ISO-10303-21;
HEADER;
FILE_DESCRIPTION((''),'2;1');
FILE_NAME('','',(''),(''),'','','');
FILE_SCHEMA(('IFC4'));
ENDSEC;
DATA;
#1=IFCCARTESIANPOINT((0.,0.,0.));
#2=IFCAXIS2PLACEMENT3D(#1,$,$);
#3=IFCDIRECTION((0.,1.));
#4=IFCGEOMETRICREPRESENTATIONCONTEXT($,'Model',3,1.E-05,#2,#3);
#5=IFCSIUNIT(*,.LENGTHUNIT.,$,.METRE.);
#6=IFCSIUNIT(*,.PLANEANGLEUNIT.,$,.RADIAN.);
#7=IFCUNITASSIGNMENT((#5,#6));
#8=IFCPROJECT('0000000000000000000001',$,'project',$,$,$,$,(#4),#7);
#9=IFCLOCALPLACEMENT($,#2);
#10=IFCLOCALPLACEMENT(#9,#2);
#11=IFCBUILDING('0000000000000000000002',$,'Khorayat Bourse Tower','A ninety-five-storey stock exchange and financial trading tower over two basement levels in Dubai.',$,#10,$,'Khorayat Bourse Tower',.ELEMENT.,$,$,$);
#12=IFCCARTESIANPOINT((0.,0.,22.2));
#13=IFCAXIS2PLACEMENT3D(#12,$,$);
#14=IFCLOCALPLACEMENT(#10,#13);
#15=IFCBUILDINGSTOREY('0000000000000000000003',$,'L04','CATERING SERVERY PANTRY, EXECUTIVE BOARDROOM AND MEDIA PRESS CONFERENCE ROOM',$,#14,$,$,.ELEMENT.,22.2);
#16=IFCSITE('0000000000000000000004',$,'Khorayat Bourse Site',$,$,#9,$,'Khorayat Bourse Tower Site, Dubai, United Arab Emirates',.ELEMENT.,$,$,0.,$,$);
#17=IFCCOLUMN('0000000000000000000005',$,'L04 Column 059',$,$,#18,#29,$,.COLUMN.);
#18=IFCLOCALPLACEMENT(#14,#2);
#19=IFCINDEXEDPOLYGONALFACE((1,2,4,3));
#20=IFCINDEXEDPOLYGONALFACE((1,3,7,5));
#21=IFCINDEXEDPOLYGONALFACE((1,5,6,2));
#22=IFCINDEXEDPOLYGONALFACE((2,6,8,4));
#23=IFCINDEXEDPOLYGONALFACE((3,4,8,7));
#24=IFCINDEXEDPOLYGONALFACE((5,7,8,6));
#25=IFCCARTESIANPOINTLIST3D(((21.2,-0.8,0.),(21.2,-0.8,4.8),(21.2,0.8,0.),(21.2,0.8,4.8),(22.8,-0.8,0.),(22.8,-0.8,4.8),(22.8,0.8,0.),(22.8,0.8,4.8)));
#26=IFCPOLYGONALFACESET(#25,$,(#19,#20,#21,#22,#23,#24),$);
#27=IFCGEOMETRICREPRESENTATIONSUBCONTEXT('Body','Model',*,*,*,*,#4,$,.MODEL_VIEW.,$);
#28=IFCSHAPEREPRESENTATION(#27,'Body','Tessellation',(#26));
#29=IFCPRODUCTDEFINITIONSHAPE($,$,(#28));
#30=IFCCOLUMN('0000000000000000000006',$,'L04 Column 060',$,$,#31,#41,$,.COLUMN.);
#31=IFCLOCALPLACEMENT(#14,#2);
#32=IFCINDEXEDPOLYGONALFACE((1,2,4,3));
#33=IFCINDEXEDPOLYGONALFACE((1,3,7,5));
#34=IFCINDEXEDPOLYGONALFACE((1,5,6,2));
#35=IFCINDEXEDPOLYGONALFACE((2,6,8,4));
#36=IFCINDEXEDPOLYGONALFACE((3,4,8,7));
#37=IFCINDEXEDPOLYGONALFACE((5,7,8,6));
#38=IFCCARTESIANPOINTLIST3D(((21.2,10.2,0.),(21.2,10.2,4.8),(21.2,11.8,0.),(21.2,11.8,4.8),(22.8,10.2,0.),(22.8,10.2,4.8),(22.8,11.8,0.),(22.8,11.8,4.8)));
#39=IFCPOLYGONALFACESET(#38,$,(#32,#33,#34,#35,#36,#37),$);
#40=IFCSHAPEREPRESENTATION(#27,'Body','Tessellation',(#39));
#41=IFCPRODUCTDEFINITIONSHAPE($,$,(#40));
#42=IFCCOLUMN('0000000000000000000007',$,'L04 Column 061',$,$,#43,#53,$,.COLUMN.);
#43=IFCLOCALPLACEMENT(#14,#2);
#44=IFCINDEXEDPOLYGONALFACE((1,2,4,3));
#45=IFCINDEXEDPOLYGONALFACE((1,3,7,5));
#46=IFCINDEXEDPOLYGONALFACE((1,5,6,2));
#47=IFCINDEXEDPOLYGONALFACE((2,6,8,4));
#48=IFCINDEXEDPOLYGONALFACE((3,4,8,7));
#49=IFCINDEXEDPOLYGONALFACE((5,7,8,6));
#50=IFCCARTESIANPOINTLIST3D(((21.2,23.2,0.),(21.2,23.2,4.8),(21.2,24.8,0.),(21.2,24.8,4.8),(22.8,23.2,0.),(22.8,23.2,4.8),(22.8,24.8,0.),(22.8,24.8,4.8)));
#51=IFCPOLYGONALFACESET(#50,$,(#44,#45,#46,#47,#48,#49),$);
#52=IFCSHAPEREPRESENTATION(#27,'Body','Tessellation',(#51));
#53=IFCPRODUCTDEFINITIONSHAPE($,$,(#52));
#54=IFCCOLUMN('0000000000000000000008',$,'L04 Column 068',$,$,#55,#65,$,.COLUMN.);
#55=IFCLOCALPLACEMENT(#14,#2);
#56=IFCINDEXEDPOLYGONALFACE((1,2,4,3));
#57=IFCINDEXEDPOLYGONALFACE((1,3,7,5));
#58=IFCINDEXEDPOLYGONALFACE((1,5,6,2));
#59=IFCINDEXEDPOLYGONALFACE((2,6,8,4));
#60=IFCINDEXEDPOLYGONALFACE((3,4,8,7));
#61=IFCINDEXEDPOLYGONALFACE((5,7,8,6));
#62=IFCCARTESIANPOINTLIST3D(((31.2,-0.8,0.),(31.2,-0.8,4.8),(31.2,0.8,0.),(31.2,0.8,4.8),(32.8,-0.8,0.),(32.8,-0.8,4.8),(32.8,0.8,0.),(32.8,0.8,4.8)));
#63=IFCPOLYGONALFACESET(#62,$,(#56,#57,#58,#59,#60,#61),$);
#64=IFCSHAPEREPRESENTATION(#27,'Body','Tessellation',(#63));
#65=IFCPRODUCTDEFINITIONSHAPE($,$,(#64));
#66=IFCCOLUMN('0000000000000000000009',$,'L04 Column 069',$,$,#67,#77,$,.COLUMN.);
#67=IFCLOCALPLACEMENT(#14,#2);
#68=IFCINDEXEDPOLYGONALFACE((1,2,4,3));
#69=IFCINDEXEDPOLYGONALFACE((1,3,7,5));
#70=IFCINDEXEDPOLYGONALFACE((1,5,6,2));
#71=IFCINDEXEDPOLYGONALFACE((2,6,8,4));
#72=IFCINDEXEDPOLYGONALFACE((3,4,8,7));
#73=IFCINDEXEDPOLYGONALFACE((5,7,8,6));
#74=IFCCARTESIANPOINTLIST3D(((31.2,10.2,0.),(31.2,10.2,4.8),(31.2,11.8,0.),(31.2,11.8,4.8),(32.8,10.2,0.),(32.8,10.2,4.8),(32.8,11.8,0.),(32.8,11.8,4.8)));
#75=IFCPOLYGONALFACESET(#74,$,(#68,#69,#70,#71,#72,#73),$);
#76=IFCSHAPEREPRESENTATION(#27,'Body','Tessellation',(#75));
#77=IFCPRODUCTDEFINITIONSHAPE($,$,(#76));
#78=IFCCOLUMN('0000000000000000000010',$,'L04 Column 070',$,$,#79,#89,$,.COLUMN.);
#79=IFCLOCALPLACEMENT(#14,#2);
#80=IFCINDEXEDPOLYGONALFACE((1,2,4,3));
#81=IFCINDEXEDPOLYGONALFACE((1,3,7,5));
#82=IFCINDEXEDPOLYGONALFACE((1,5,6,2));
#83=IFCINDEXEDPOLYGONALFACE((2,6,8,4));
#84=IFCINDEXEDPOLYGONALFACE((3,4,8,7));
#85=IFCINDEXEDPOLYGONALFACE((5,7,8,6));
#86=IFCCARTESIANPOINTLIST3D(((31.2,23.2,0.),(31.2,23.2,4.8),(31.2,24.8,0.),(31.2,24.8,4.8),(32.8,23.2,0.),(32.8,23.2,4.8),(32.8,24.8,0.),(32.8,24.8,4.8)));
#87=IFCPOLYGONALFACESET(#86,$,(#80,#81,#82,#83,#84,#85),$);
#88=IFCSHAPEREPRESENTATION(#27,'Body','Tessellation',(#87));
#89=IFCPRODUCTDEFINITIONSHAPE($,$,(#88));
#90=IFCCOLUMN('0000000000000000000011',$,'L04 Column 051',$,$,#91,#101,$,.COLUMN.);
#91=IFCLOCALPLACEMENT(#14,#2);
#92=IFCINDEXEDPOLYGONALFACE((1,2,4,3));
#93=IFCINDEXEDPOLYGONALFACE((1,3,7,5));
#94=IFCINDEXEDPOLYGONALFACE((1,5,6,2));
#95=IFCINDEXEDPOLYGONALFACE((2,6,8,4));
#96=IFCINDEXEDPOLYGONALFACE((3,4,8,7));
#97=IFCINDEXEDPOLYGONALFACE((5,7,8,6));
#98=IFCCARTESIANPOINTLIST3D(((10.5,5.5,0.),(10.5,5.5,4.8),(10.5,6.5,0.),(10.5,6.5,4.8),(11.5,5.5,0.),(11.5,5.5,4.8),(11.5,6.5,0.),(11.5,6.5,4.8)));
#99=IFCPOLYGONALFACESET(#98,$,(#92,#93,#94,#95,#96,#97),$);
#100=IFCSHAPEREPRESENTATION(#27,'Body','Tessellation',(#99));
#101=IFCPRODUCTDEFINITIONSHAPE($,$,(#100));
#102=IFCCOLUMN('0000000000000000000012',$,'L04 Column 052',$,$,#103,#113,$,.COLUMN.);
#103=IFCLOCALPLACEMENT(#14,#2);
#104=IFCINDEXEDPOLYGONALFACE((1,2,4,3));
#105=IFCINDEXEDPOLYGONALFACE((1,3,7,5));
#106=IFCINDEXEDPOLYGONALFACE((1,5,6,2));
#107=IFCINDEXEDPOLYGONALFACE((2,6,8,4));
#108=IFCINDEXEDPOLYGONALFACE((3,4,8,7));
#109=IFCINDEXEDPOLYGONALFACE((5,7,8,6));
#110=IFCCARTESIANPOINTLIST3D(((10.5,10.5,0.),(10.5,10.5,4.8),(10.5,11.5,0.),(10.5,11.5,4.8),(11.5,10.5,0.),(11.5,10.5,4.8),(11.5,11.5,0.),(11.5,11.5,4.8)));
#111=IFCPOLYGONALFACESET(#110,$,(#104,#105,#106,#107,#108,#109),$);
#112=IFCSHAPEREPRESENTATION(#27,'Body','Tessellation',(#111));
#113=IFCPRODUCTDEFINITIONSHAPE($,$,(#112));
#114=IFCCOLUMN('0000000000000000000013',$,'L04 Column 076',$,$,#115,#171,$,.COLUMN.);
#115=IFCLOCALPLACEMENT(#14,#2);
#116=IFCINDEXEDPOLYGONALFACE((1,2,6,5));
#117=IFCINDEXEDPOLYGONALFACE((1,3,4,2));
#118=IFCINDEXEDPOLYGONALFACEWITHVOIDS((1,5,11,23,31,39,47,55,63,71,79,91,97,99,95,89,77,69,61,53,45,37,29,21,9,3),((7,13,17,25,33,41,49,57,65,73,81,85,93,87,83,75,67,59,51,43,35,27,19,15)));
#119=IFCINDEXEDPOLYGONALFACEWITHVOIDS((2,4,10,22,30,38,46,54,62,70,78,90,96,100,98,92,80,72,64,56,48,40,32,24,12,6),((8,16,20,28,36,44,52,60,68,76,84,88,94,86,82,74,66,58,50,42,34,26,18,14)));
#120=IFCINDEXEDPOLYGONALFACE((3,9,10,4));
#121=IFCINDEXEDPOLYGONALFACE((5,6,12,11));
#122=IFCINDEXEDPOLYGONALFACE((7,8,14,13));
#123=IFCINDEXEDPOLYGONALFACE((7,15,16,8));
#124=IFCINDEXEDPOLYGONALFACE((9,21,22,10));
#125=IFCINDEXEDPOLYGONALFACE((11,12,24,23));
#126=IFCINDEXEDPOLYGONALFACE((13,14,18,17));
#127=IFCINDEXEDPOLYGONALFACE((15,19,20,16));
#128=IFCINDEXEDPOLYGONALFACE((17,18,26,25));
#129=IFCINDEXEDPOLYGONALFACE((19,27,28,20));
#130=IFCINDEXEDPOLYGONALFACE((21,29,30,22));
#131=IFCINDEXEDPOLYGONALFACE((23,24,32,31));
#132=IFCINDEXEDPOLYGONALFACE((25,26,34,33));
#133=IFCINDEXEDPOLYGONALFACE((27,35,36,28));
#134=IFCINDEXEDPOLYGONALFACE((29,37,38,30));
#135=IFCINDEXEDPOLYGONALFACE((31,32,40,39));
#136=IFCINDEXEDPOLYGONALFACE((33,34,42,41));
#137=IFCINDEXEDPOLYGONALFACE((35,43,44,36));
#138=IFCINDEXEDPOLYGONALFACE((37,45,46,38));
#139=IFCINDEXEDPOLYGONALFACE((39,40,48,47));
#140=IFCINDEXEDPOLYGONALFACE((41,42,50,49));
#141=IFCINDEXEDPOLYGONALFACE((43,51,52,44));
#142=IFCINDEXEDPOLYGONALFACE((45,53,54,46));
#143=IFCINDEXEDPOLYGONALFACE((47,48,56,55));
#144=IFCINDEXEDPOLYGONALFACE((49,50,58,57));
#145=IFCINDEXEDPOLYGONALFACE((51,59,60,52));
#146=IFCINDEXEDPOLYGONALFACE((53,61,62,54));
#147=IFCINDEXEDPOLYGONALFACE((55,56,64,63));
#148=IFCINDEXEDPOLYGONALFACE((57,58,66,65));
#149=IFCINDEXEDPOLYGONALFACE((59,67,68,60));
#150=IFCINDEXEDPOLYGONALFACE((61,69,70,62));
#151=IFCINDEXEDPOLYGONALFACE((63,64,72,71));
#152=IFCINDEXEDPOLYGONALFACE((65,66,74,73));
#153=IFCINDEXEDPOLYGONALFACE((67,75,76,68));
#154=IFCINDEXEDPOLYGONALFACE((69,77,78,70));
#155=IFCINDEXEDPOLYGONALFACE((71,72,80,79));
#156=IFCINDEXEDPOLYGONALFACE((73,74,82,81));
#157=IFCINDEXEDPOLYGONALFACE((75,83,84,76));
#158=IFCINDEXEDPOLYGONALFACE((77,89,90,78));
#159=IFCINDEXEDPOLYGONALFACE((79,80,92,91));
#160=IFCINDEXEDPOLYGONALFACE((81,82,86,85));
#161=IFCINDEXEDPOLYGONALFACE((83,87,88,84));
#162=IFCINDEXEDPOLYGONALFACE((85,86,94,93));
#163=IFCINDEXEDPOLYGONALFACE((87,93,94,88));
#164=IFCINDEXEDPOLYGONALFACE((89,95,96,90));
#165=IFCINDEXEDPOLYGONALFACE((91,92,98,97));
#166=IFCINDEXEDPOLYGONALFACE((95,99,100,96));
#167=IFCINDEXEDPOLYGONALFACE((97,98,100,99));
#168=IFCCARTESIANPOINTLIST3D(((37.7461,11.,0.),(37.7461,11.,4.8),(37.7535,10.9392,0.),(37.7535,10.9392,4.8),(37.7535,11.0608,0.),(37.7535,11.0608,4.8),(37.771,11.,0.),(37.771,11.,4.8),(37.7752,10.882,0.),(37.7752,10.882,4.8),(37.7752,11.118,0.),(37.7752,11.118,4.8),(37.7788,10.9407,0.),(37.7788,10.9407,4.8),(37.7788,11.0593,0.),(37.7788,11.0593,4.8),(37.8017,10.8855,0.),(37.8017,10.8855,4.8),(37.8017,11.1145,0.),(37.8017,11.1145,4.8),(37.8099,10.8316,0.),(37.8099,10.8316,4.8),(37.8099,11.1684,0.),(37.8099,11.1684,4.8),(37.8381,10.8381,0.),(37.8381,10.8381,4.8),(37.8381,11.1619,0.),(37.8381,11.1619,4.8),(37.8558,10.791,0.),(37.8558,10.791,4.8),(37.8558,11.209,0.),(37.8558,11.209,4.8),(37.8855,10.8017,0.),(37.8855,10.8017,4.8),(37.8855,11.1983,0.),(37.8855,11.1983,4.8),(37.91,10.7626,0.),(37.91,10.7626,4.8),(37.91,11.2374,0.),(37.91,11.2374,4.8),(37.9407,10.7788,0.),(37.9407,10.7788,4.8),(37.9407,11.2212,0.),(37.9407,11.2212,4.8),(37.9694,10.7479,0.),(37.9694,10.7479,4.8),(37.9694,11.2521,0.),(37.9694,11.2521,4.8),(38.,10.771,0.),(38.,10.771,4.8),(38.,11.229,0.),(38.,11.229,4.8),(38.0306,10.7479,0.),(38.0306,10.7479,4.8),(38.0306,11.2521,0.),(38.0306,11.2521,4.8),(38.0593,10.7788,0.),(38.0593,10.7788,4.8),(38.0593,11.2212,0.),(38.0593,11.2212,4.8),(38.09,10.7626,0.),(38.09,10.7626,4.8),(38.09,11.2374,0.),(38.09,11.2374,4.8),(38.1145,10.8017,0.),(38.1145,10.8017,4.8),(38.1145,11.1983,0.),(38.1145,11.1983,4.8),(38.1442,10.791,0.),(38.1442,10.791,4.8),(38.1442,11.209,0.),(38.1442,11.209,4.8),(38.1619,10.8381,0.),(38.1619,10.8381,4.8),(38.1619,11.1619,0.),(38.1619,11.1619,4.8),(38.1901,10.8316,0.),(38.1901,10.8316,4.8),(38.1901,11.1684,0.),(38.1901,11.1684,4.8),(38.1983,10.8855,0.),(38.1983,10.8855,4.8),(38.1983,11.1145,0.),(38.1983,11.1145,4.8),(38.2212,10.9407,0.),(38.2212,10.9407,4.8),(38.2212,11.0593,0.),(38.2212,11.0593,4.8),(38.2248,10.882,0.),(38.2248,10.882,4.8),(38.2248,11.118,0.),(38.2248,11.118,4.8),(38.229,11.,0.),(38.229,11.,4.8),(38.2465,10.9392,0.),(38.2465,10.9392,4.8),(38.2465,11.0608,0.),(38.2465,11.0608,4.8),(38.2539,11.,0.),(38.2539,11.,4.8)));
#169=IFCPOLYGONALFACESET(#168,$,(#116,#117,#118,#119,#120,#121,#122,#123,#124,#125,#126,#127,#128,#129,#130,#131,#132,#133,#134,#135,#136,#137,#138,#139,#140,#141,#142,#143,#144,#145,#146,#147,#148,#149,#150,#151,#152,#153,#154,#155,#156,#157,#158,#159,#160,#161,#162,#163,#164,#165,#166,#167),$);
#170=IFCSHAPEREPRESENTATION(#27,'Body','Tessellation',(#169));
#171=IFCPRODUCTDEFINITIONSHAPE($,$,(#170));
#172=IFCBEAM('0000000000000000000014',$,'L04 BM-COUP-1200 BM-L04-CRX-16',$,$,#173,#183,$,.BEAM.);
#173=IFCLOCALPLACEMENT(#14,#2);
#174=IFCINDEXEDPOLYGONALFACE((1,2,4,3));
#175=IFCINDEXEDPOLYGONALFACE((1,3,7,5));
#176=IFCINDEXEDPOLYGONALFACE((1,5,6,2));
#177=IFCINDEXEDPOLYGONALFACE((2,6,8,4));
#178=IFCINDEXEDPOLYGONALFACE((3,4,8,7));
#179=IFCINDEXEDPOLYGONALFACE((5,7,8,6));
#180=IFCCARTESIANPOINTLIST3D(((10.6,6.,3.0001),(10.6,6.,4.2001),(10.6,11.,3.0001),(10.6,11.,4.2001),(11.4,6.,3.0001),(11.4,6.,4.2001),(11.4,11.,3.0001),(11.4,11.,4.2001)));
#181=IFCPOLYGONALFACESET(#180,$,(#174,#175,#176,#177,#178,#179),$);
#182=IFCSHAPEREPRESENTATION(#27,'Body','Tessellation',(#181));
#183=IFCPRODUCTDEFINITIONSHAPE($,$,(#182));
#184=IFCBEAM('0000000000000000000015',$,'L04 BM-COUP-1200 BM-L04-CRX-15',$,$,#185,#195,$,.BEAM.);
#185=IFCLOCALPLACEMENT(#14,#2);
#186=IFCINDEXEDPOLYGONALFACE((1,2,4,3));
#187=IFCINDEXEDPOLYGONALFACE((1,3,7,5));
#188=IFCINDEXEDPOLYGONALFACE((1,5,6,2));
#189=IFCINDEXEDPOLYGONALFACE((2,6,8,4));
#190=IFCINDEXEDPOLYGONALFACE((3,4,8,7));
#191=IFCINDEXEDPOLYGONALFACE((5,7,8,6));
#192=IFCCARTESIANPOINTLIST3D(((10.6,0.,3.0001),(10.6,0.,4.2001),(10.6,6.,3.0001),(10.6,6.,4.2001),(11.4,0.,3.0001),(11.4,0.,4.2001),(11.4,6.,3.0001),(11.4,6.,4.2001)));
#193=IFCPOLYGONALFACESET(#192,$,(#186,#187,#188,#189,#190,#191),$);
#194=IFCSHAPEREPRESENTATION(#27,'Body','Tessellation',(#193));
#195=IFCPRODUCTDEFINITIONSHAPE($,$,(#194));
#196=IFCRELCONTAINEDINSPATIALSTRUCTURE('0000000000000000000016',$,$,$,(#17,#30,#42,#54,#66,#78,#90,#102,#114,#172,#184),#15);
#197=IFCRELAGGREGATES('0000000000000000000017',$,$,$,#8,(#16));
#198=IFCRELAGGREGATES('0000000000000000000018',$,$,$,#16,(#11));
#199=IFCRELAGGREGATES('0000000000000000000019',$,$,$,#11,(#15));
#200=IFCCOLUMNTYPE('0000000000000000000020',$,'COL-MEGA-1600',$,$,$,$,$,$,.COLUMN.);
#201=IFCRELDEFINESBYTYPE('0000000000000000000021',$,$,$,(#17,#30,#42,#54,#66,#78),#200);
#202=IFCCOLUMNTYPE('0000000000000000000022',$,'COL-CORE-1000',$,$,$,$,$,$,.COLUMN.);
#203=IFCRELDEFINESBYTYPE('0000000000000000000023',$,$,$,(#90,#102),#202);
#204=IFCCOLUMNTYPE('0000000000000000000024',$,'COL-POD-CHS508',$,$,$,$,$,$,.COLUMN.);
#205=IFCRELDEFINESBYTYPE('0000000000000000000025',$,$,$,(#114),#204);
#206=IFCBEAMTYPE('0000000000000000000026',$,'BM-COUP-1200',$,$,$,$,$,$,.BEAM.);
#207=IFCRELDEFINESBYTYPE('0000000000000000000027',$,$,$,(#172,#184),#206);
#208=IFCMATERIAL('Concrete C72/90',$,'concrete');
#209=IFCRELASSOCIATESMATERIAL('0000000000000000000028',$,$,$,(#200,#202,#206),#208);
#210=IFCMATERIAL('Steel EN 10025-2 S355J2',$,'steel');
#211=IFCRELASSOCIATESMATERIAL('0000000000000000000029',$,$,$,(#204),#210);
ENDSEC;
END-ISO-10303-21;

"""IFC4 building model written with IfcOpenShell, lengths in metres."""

from ifc_helpers import new_model, si_unit, direction, frame, origin, origin_2d, place, context, subcontext, project, spatial, rectangle, hollow_circle, extrude, source, transform, mapped, material, material_profile, profile_set, type_object, element, save


model = new_model("IFC4")

# Units and contexts
model_context = context("Model", 3, precision=1e-05, world=origin(), true_north=direction((0.0, 1.0)))
body_context = subcontext(model_context, "Body", "Model", "MODEL_VIEW")
ifc_project = project(units=[si_unit("LENGTHUNIT", "METRE"), si_unit("PLANEANGLEUNIT", "RADIAN")], contexts=[model_context])

# Site, building, storey
site_placement = place(None, origin())
site = spatial("IfcSite", under=ifc_project, at=site_placement, Name="Khorayat Bourse Site", LongName="Khorayat Bourse Tower Site, Dubai, United Arab Emirates", CompositionType="ELEMENT", RefElevation=0.0)
building_placement = place(site_placement, origin())
building = spatial("IfcBuilding", under=site, at=building_placement, Name="Khorayat Bourse Tower", Description="A ninety-five-storey stock exchange and financial trading tower over two basement levels in Dubai.", LongName="Khorayat Bourse Tower", CompositionType="ELEMENT")
storey_placement = place(building_placement, frame((0.0, 0.0, 22.2)))
storey = spatial("IfcBuildingStorey", under=building, at=storey_placement, Name="L04", Description="CATERING SERVERY PANTRY, EXECUTIVE BOARDROOM AND MEDIA PRESS CONFERENCE ROOM", CompositionType="ELEMENT", Elevation=22.2)

# Columns
ifc_material_1 = material(Name="Concrete C72/90", Category="concrete")
ifc_material_profile_1 = material_profile(ifc_material_1, rectangle(XDim=1.6001, YDim=1.6001, at=origin_2d()), Name="RC 1600x1600")
ifc_profile_set_1 = profile_set([ifc_material_profile_1], Name="Concrete C72/90")
column_type_1 = type_object("IfcColumnType", Name="COL-MEGA-1600", PredefinedType="COLUMN", material=ifc_profile_set_1)
shared_shape_1 = source(origin(), body_context, "Body", "SweptSolid", [
    extrude(rectangle(XDim=1.6001, YDim=1.6001, at=origin_2d()), origin(), (0.0, 0.0, 1.0), 4.8),
])
for number, where, z_axis, x_axis, name in (
    (1, (22.0, 0.0, 0.0), (0.0, 0.0, 1.0), (1.0, 0.0, 0.0), "L04 Column 059"),
    (2, (22.0, 11.0, 0.0), (0.0, 0.0, 1.0), (1.0, 0.0, 0.0), "L04 Column 060"),
    (3, (22.0, 24.0, 0.0), (0.0, 0.0, 1.0), (1.0, 0.0, 0.0), "L04 Column 061"),
    (4, (32.0, 0.0, 0.0), (0.0, 0.0, 1.0), (1.0, 0.0, 0.0), "L04 Column 068"),
    (5, (32.0, 11.0, 0.0), (0.0, 0.0, 1.0), (1.0, 0.0, 0.0), "L04 Column 069"),
    (6, (32.0, 24.0, 0.0), (0.0, 0.0, 1.0), (1.0, 0.0, 0.0), "L04 Column 070"),
):
    element("IfcColumn", number, at=place(storey_placement, frame(where, z_axis=z_axis, x_axis=x_axis)), inside=storey, type_object=column_type_1, Name=name, PredefinedType="COLUMN", context=body_context, shape_type="MappedRepresentation", body=[
        mapped(shared_shape_1, transform((0.0, 0.0, 0.0), scale=1.0)),
    ])
ifc_material_profile_2 = material_profile(ifc_material_1, rectangle(XDim=1.0, YDim=1.0, at=origin_2d()), Name="RC 1000x1000")
ifc_profile_set_2 = profile_set([ifc_material_profile_2], Name="Concrete C72/90")
column_type_2 = type_object("IfcColumnType", Name="COL-CORE-1000", PredefinedType="COLUMN", material=ifc_profile_set_2)
shared_shape_2 = source(origin(), body_context, "Body", "SweptSolid", [
    extrude(rectangle(XDim=1.0, YDim=1.0, at=origin_2d()), origin(), (0.0, 0.0, 1.0), 4.8),
])
for number, where, z_axis, x_axis, name in (
    (7, (11.0, 6.0, 0.0), (0.0, 0.0, 1.0), (1.0, 0.0, 0.0), "L04 Column 051"),
    (8, (11.0, 11.0, 0.0), (0.0, 0.0, 1.0), (1.0, 0.0, 0.0), "L04 Column 052"),
):
    element("IfcColumn", number, at=place(storey_placement, frame(where, z_axis=z_axis, x_axis=x_axis)), inside=storey, type_object=column_type_2, Name=name, PredefinedType="COLUMN", context=body_context, shape_type="MappedRepresentation", body=[
        mapped(shared_shape_2, transform((0.0, 0.0, 0.0), scale=1.0)),
    ])
ifc_material_2 = material(Name="Steel EN 10025-2 S355J2", Category="steel")
ifc_material_profile_3 = material_profile(ifc_material_2, hollow_circle(Radius=0.2539, WallThickness=0.0249, at=origin_2d()), Name="CHS 508x25")
ifc_profile_set_3 = profile_set([ifc_material_profile_3], Name="Steel EN 10025-2 S355J2")
column_type_3 = type_object("IfcColumnType", Name="COL-POD-CHS508", PredefinedType="COLUMN", material=ifc_profile_set_3)
shared_shape_3 = source(origin(), body_context, "Body", "SweptSolid", [
    extrude(hollow_circle(Radius=0.2539, WallThickness=0.0249, at=origin_2d()), origin(), (0.0, 0.0, 1.0), 4.8),
])
column_placement = place(storey_placement, frame((38.0, 11.0, 0.0), z_axis=(0.0, 0.0, 1.0), x_axis=(1.0, 0.0, 0.0)))
element("IfcColumn", 9, at=column_placement, inside=storey, type_object=column_type_3, Name="L04 Column 076", PredefinedType="COLUMN", context=body_context, shape_type="MappedRepresentation", body=[
    mapped(shared_shape_3, transform((0.0, 0.0, 0.0), scale=1.0)),
])

# Beams
ifc_material_profile_4 = material_profile(ifc_material_1, rectangle(XDim=0.8, YDim=1.2, at=origin_2d()), Name="RC 800x1200")
ifc_profile_set_4 = profile_set([ifc_material_profile_4], Name="Concrete C72/90")
beam_type_1 = type_object("IfcBeamType", Name="BM-COUP-1200", PredefinedType="BEAM", material=ifc_profile_set_4)
shared_shape_4 = source(origin(), body_context, "Body", "SweptSolid", [
    extrude(rectangle(XDim=0.8, YDim=1.2, at=origin_2d()), origin(), (0.0, 0.0, 1.0), 5.0),
])
beam_1_placement = place(storey_placement, frame((11.0, 6.0, 3.6001), z_axis=(0.0, 1.0, 0.0), x_axis=(-1.0, 0.0, 0.0)))
element("IfcBeam", 10, at=beam_1_placement, inside=storey, type_object=beam_type_1, Name="L04 BM-COUP-1200 BM-L04-CRX-16", PredefinedType="BEAM", context=body_context, shape_type="MappedRepresentation", body=[
    mapped(shared_shape_4, transform((0.0, 0.0, 0.0), scale=1.0)),
])
shared_shape_5 = source(origin(), body_context, "Body", "SweptSolid", [
    extrude(rectangle(XDim=0.8, YDim=1.2, at=origin_2d()), origin(), (0.0, 0.0, 1.0), 6.0),
])
beam_2_placement = place(storey_placement, frame((11.0, 0.0, 3.6001), z_axis=(0.0, 1.0, 0.0), x_axis=(-1.0, 0.0, 0.0)))
element("IfcBeam", 11, at=beam_2_placement, inside=storey, type_object=beam_type_1, Name="L04 BM-COUP-1200 BM-L04-CRX-15", PredefinedType="BEAM", context=body_context, shape_type="MappedRepresentation", body=[
    mapped(shared_shape_5, transform((0.0, 0.0, 0.0), scale=1.0)),
])

save(model, "model.ifc")
